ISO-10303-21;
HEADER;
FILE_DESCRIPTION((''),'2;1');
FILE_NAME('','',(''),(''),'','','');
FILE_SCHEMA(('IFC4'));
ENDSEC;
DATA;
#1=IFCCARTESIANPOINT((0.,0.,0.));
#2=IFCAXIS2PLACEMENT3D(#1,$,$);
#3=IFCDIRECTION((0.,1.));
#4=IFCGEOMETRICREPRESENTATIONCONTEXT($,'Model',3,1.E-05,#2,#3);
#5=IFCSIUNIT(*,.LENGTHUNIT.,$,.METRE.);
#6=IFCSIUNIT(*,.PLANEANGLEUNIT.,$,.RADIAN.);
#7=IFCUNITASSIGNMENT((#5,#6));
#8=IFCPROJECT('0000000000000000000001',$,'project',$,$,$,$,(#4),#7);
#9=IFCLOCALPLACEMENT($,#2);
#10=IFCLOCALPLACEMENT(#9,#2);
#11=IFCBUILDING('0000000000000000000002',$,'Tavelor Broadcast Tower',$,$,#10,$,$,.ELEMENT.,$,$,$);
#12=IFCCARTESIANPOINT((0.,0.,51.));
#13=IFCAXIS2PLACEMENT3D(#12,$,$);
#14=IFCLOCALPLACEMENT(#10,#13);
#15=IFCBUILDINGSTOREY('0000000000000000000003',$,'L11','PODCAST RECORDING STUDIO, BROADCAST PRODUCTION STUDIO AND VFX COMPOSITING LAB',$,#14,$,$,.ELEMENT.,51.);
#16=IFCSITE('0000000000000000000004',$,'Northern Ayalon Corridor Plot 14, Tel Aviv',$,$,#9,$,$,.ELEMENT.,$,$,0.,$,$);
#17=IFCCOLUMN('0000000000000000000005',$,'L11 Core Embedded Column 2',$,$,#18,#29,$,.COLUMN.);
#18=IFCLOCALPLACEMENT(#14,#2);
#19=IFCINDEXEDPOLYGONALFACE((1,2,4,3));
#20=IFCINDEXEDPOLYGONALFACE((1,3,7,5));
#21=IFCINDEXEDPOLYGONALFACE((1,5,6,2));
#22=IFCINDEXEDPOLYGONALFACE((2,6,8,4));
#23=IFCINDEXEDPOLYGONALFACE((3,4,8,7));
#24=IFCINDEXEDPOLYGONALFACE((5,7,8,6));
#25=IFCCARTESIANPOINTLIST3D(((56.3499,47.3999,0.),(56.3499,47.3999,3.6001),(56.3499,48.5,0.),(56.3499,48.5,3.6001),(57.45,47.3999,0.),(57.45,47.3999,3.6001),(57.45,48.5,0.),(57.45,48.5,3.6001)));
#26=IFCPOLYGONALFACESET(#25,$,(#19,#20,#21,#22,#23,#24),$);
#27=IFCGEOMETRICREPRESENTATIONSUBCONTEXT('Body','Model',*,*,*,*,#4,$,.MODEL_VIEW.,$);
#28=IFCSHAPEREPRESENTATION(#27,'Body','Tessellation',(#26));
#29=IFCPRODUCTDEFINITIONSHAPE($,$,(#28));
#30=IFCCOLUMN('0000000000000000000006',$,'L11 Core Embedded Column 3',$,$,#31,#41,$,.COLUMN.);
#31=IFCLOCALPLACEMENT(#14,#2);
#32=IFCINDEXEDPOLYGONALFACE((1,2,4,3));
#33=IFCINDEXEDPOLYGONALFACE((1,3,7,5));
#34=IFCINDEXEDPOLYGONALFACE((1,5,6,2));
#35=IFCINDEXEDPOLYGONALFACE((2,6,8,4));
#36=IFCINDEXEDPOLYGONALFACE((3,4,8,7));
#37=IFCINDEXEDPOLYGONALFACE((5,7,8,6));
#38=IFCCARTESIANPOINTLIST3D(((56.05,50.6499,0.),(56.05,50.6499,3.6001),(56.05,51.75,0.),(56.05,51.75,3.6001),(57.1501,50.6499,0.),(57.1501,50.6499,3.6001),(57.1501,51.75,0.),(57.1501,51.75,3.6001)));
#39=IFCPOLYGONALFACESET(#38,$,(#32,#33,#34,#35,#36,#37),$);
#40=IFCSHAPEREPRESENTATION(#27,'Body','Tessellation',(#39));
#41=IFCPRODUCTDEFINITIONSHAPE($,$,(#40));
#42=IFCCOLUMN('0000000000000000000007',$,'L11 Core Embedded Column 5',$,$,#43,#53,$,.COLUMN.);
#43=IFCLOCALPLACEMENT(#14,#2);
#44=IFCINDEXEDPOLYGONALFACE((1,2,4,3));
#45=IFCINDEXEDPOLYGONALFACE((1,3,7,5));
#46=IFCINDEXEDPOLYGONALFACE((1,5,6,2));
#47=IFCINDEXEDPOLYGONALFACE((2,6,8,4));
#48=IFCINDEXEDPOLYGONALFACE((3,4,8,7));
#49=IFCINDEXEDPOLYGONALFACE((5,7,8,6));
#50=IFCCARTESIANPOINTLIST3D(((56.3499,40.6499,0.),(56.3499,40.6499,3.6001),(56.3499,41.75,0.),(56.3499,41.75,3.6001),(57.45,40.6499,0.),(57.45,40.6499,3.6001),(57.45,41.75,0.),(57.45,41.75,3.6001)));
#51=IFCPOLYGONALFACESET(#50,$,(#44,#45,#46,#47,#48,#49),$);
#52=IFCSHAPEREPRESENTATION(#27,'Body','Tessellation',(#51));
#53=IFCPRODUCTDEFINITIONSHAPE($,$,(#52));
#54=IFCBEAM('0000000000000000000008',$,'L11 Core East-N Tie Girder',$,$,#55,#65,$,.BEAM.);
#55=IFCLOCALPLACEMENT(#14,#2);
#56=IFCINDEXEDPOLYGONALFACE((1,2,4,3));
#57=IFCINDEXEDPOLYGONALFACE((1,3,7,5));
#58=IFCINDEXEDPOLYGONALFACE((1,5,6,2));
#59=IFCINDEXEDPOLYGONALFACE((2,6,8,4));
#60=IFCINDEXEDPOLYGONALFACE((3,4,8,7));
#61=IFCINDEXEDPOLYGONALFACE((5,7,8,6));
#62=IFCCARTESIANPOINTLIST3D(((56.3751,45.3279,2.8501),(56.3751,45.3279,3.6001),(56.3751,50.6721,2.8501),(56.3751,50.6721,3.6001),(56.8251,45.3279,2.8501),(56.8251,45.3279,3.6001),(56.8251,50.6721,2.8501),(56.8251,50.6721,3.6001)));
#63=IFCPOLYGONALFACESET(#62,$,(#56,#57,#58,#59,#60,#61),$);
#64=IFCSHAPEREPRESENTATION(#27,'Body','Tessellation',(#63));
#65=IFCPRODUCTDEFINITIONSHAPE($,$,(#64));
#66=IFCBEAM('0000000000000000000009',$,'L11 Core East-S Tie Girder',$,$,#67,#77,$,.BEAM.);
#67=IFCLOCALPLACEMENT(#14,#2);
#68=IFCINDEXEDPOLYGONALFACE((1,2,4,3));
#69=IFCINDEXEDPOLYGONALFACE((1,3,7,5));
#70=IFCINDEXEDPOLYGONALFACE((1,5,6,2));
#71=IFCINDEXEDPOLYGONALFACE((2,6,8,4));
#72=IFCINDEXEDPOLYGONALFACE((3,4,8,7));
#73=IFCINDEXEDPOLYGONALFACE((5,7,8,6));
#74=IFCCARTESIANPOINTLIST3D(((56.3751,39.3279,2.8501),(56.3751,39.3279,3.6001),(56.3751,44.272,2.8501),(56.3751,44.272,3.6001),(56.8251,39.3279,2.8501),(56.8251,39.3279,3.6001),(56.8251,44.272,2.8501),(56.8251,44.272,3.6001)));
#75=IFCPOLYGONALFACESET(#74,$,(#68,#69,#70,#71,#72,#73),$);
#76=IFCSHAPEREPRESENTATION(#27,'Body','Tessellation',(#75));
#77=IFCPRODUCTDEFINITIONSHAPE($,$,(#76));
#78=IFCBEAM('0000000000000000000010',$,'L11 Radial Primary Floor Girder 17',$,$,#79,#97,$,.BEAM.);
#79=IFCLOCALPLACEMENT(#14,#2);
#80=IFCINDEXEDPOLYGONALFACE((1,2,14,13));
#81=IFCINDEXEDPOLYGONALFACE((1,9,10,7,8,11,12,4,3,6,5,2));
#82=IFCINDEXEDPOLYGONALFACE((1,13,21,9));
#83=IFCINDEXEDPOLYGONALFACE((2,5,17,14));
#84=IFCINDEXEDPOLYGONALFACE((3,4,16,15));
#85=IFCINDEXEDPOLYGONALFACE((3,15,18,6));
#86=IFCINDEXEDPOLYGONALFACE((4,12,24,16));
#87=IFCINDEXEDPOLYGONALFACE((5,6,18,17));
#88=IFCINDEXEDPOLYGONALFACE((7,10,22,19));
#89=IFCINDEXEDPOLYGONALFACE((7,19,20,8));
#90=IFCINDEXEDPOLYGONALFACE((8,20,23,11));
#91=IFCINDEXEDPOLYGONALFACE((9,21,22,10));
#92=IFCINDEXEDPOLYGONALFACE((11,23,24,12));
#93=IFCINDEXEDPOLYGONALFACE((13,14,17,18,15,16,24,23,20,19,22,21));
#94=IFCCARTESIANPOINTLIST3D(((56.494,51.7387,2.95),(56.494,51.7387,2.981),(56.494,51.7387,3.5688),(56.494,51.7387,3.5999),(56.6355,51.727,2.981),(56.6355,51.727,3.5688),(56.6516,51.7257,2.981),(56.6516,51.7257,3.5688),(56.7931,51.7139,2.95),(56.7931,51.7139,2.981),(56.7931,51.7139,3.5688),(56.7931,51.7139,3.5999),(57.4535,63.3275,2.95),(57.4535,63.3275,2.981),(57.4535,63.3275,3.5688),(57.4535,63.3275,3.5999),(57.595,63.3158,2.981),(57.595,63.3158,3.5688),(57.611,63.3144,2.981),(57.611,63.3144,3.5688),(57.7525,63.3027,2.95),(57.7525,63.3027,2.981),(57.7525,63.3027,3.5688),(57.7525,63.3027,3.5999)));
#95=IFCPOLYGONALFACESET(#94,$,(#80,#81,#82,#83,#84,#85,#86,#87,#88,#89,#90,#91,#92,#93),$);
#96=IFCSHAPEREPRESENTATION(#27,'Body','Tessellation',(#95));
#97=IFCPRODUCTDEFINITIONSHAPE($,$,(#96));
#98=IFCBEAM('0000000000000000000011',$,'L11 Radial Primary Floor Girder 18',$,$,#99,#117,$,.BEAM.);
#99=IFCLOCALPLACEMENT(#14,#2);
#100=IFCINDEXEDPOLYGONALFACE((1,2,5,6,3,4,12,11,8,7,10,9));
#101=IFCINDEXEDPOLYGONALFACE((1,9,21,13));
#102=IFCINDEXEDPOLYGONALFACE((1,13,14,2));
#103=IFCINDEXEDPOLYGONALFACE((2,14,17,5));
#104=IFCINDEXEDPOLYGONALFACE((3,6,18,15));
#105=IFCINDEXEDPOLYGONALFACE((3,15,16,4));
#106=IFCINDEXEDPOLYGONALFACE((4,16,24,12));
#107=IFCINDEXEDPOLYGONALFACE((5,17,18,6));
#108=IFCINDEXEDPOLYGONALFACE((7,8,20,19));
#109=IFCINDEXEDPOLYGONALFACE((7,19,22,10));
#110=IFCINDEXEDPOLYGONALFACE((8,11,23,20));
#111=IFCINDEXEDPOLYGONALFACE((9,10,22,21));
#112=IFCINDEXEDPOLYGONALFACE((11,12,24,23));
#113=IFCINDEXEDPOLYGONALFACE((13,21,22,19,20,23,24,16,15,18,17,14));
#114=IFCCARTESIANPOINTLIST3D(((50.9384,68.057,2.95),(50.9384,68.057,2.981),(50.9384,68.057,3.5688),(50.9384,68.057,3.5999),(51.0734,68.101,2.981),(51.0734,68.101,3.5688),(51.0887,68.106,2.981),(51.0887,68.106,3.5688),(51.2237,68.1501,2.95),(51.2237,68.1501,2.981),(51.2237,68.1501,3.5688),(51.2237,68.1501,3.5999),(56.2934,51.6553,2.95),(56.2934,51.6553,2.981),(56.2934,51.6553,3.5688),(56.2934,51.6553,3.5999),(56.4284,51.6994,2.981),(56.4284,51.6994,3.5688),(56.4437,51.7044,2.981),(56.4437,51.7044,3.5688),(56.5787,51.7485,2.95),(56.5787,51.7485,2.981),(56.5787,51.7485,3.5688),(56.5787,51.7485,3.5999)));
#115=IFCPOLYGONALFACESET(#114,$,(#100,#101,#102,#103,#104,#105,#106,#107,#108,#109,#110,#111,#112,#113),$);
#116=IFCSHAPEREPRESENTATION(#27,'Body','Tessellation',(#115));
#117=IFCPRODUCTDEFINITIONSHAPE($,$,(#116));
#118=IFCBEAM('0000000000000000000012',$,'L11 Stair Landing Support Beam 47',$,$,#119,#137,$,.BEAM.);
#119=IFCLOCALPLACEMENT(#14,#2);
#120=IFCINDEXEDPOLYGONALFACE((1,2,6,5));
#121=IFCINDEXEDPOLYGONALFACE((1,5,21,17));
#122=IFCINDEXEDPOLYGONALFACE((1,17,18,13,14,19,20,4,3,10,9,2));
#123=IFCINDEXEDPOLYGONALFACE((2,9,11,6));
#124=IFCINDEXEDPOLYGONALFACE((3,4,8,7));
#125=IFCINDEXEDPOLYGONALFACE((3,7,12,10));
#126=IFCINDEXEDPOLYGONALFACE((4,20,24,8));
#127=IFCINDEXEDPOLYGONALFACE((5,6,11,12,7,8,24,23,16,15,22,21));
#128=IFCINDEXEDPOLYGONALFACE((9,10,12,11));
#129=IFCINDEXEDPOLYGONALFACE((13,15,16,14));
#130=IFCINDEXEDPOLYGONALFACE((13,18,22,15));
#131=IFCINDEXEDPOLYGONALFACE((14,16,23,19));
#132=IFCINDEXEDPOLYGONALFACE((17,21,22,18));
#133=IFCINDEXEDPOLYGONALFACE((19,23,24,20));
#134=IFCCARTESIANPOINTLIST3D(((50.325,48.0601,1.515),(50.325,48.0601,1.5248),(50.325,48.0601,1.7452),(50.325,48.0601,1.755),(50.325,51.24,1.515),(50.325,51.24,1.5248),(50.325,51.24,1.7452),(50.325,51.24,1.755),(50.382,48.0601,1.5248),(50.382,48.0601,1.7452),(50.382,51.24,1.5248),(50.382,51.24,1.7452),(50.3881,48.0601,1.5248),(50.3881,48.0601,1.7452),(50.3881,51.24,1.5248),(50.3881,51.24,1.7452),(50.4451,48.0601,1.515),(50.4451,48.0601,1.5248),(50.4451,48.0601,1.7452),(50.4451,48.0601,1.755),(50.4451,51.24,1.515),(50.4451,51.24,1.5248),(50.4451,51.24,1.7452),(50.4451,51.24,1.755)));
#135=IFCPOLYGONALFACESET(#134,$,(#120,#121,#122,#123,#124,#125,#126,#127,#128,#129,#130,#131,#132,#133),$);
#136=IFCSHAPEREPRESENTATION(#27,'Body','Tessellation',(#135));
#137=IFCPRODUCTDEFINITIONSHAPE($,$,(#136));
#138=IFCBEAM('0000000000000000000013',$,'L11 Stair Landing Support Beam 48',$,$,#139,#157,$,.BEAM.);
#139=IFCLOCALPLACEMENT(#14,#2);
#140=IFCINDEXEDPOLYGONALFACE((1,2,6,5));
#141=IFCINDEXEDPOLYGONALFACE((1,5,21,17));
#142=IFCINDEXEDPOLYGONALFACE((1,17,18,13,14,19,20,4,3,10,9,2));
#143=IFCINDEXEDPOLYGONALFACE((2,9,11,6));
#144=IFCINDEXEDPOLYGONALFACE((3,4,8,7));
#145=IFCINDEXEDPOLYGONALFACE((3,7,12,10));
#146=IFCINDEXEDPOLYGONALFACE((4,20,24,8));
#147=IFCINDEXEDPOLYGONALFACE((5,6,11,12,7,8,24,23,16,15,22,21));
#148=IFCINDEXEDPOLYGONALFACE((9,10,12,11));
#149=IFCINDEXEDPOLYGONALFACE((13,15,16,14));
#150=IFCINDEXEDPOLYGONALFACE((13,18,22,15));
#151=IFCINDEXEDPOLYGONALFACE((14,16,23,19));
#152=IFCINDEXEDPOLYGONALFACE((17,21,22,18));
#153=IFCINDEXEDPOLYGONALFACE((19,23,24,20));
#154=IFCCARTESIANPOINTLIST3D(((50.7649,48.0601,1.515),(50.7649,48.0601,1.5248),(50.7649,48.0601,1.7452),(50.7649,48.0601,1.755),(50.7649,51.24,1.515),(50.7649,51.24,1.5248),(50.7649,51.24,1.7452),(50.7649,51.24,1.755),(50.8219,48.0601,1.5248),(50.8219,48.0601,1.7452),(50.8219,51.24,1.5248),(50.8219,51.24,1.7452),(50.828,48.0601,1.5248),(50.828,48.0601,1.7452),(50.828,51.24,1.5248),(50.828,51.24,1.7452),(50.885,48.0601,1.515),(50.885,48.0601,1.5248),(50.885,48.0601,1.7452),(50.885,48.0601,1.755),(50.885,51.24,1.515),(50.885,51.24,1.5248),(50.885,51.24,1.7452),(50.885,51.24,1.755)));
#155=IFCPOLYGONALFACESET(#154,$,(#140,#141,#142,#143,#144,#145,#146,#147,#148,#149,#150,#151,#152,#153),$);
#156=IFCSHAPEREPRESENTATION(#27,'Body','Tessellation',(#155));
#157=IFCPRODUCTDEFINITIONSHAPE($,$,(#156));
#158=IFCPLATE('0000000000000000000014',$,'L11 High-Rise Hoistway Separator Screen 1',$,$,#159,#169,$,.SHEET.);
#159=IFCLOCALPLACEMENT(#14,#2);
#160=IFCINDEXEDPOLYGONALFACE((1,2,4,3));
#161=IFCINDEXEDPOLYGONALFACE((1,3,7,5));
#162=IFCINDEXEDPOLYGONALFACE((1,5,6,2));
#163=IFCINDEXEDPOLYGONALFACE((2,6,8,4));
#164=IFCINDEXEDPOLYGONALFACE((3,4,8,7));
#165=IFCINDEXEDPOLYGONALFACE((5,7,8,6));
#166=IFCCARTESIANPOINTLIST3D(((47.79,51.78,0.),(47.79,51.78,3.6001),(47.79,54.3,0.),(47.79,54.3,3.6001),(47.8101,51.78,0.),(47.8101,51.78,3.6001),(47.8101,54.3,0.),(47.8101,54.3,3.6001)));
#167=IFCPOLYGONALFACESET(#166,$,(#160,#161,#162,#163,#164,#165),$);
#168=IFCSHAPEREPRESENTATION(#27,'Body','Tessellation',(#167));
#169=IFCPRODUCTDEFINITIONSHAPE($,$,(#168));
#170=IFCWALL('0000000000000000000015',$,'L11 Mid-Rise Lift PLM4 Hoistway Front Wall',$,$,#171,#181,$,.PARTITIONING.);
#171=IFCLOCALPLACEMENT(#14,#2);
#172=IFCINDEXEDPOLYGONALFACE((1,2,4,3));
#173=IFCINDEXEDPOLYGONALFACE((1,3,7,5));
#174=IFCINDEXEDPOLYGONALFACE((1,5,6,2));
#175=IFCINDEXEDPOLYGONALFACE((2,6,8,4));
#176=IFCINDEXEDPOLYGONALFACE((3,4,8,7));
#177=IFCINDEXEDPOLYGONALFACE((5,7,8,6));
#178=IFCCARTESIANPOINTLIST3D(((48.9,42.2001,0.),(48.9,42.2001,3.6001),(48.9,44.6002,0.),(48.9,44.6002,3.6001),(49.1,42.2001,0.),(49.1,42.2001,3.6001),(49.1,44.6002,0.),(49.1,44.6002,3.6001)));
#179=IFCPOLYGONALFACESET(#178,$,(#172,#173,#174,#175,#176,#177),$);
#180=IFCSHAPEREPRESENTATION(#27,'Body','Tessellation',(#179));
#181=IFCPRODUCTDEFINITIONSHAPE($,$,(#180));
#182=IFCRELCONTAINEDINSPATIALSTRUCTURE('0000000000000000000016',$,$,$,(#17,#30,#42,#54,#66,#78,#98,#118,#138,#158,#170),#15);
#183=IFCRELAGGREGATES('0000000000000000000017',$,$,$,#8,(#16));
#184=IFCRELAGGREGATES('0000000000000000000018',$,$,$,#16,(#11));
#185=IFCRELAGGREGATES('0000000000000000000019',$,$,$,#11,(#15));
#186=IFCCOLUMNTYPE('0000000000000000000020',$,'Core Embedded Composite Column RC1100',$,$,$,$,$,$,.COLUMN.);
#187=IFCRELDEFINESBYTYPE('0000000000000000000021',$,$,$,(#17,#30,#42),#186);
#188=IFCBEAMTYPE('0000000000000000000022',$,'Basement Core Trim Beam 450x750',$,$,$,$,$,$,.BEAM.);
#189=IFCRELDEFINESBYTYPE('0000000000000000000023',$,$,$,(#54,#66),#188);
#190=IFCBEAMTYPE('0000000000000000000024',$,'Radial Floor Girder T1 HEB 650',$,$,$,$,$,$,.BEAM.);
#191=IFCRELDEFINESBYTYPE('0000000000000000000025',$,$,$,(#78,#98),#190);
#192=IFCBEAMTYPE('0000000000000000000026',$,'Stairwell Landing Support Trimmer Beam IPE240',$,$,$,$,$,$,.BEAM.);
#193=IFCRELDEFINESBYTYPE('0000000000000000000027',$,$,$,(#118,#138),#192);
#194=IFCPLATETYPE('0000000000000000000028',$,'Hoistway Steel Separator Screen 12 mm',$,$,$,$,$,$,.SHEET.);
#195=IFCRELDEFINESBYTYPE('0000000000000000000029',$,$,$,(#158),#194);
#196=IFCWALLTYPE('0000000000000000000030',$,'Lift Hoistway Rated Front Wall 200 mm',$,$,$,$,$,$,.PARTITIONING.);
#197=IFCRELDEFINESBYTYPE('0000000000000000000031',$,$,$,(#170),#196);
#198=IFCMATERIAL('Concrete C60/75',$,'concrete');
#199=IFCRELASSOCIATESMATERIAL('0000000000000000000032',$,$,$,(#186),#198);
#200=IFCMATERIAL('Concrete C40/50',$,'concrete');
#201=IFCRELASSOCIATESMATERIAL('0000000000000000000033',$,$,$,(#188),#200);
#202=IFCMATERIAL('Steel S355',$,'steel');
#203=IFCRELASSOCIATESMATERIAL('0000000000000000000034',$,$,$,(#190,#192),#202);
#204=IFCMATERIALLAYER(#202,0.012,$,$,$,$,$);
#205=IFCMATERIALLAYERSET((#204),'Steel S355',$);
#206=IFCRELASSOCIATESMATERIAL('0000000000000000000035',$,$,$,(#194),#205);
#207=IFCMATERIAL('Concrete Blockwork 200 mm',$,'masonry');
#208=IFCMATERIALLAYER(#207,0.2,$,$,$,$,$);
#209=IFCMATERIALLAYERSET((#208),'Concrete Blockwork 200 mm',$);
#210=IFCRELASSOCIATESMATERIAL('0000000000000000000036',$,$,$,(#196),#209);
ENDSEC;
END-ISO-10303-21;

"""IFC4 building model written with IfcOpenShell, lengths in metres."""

from ifc_helpers import new_model, si_unit, direction, frame, frame_2d, origin, origin_2d, place, context, subcontext, project, spatial, rectangle, i_section, extrude, source, transform, mapped, material, layer, layer_set, material_profile, profile_set, type_object, type_shapes, element, save


model = new_model("IFC4")

# Units and contexts
model_context = context("Model", 3, precision=1e-05, world=origin(), true_north=direction((0.0, 1.0)))
body_context = subcontext(model_context, "Body", "Model", "MODEL_VIEW")
ifc_project = project(units=[si_unit("LENGTHUNIT", "METRE"), si_unit("PLANEANGLEUNIT", "RADIAN")], contexts=[model_context])

# Site, building, storey
site_placement = place(None, origin())
site = spatial("IfcSite", under=ifc_project, at=site_placement, Name="Northern Ayalon Corridor Plot 14, Tel Aviv", CompositionType="ELEMENT", RefElevation=0.0)
building_placement = place(site_placement, origin())
building = spatial("IfcBuilding", under=site, at=building_placement, Name="Tavelor Broadcast Tower", CompositionType="ELEMENT")
storey_placement = place(building_placement, frame((0.0, 0.0, 51.0)))
storey = spatial("IfcBuildingStorey", under=building, at=storey_placement, Name="L11", Description="PODCAST RECORDING STUDIO, BROADCAST PRODUCTION STUDIO AND VFX COMPOSITING LAB", CompositionType="ELEMENT", Elevation=51.0)

# Columns
ifc_material_1 = material(Name="Concrete C60/75", Category="concrete")
ifc_material_profile_1 = material_profile(ifc_material_1, rectangle(XDim=1.1001, YDim=1.1001, at=origin_2d()), Name="RC 1100x1100")
ifc_profile_set_1 = profile_set([ifc_material_profile_1], Name="Concrete C60/75")
column_type = type_object("IfcColumnType", Name="Core Embedded Composite Column RC1100", PredefinedType="COLUMN", material=ifc_profile_set_1)
for number, where, z_axis, x_axis, name in (
    (1, (56.8999, 47.95, 0.0), (0.0, 0.0, 1.0), (1.0, 0.0, 0.0), "L11 Core Embedded Column 2"),
    (2, (56.6001, 51.2, 0.0), (0.0, 0.0, 1.0), (1.0, 0.0, 0.0), "L11 Core Embedded Column 3"),
    (3, (56.8999, 41.2, 0.0), (0.0, 0.0, 1.0), (1.0, 0.0, 0.0), "L11 Core Embedded Column 5"),
):
    element("IfcColumn", number, at=place(storey_placement, frame(where, z_axis=z_axis, x_axis=x_axis)), inside=storey, type_object=column_type, Name=name, PredefinedType="COLUMN", context=body_context, shape_type="SweptSolid", body=[
        extrude(rectangle(XDim=1.1001, YDim=1.1001, at=origin_2d()), origin(), (0.0, 0.0, 1.0), 3.6001),
    ])

# Beams
ifc_material_2 = material(Name="Concrete C40/50", Category="concrete")
ifc_material_profile_2 = material_profile(ifc_material_2, rectangle(XDim=0.45, YDim=0.75, at=origin_2d()), Name="RC 450x750")
ifc_profile_set_2 = profile_set([ifc_material_profile_2], Name="Concrete C40/50")
beam_type_1 = type_object("IfcBeamType", Name="Basement Core Trim Beam 450x750", PredefinedType="BEAM", material=ifc_profile_set_2)
beam_1_placement = place(storey_placement, frame((56.6001, 45.3279, 3.2251), z_axis=(0.0, 1.0, 0.0), x_axis=(-1.0, 0.0, 0.0)))
element("IfcBeam", 4, at=beam_1_placement, inside=storey, type_object=beam_type_1, Name="L11 Core East-N Tie Girder", PredefinedType="BEAM", context=body_context, shape_type="SweptSolid", body=[
    extrude(rectangle(XDim=0.45, YDim=0.75, at=origin_2d()), origin(), (0.0, 0.0, 1.0), 5.3442),
])
beam_2_placement = place(storey_placement, frame((56.6001, 39.3279, 3.2251), z_axis=(0.0, 1.0, 0.0), x_axis=(-1.0, 0.0, 0.0)))
element("IfcBeam", 5, at=beam_2_placement, inside=storey, type_object=beam_type_1, Name="L11 Core East-S Tie Girder", PredefinedType="BEAM", context=body_context, shape_type="SweptSolid", body=[
    extrude(rectangle(XDim=0.45, YDim=0.75, at=origin_2d()), origin(), (0.0, 0.0, 1.0), 4.9441),
])
ifc_material_3 = material(Name="Steel S355", Category="steel")
ifc_material_profile_3 = material_profile(ifc_material_3, i_section(OverallWidth=0.3, OverallDepth=0.6499, WebThickness=0.0161, FlangeThickness=0.031, at=origin_2d()), Name="HEB 650")
ifc_profile_set_3 = profile_set([ifc_material_profile_3], Name="Steel S355")
beam_type_2 = type_object("IfcBeamType", Name="Radial Floor Girder T1 HEB 650", PredefinedType="BEAM", material=ifc_profile_set_3)
beam_3_placement = place(storey_placement, frame((56.6436, 51.7263, 3.2749), z_axis=(0.08251, 0.99659, 0.0), x_axis=(-0.99659, 0.08251, 0.0)))
element("IfcBeam", 6, at=beam_3_placement, inside=storey, type_object=beam_type_2, Name="L11 Radial Primary Floor Girder 17", PredefinedType="BEAM", context=body_context, shape_type="SweptSolid", body=[
    extrude(i_section(OverallWidth=0.3, OverallDepth=0.6499, WebThickness=0.0161, FlangeThickness=0.031, at=origin_2d()), origin(), (0.0, 0.0, 1.0), 11.6284),
])
beam_4_placement = place(storey_placement, frame((56.436, 51.7019, 3.2749), z_axis=(-0.310368, 0.950617, 0.0), x_axis=(-0.950617, -0.310368, 0.0)))
element("IfcBeam", 7, at=beam_4_placement, inside=storey, type_object=beam_type_2, Name="L11 Radial Primary Floor Girder 18", PredefinedType="BEAM", context=body_context, shape_type="SweptSolid", body=[
    extrude(i_section(OverallWidth=0.3, OverallDepth=0.6499, WebThickness=0.0161, FlangeThickness=0.031, at=origin_2d()), origin(), (0.0, 0.0, 1.0), 17.2537),
])
ifc_material_profile_4 = material_profile(ifc_material_3, i_section(OverallWidth=0.1201, OverallDepth=0.24, WebThickness=0.0061, FlangeThickness=0.0098, at=origin_2d()), Name="IPE 240")
ifc_profile_set_4 = profile_set([ifc_material_profile_4], Name="Steel S355")
beam_type_3 = type_object("IfcBeamType", Name="Stairwell Landing Support Trimmer Beam IPE240", PredefinedType="BEAM", material=ifc_profile_set_4)
for number, where, z_axis, x_axis, name in (
    (8, (50.385, 48.0601, 1.635), (0.0, 1.0, 0.0), (-1.0, 0.0, 0.0), "L11 Stair Landing Support Beam 47"),
    (9, (50.825, 48.0601, 1.635), (0.0, 1.0, 0.0), (-1.0, 0.0, 0.0), "L11 Stair Landing Support Beam 48"),
):
    element("IfcBeam", number, at=place(storey_placement, frame(where, z_axis=z_axis, x_axis=x_axis)), inside=storey, type_object=beam_type_3, Name=name, PredefinedType="BEAM", context=body_context, shape_type="SweptSolid", body=[
        extrude(i_section(OverallWidth=0.1201, OverallDepth=0.24, WebThickness=0.0061, FlangeThickness=0.0098, at=origin_2d()), origin(), (0.0, 0.0, 1.0), 3.1799),
    ])

# Plate
ifc_layer_1 = layer(ifc_material_3, 0.012)
ifc_layer_set_1 = layer_set([ifc_layer_1], Name="Steel S355")
plate_type = type_object("IfcPlateType", Name="Hoistway Steel Separator Screen 12 mm", PredefinedType="SHEET", material=ifc_layer_set_1)
shared_shape = source(origin(), body_context, "Body", "SweptSolid", [
    extrude(rectangle(XDim=0.02, YDim=2.52, at=origin_2d()), origin(), (0.0, 0.0, 1.0), 3.6001),
])
type_shapes(plate_type, [shared_shape])
plate_placement = place(storey_placement, frame((47.8, 53.04, 0.0), z_axis=(0.0, 0.0, 1.0), x_axis=(1.0, 0.0, 0.0)))
element("IfcPlate", 10, at=plate_placement, inside=storey, type_object=plate_type, Name="L11 High-Rise Hoistway Separator Screen 1", PredefinedType="SHEET", context=body_context, shape_type="MappedRepresentation", body=[
    mapped(shared_shape, transform((0.0, 0.0, 0.0), scale=1.0)),
])

# Wall
ifc_material_4 = material(Name="Concrete Blockwork 200 mm", Category="masonry")
ifc_layer_2 = layer(ifc_material_4, 0.2)
ifc_layer_set_2 = layer_set([ifc_layer_2], Name="Concrete Blockwork 200 mm")
wall_type_1 = type_object("IfcWallType", Name="Lift Hoistway Rated Front Wall 200 mm", PredefinedType="PARTITIONING", material=ifc_layer_set_2)
wall_1_placement = place(storey_placement, frame((49.0, 42.2, 0.0), z_axis=(0.0, 0.0, 1.0), x_axis=(0.0, 1.0, 0.0)))
element("IfcWall", 11, at=wall_1_placement, inside=storey, type_object=wall_type_1, Name="L11 Mid-Rise Lift PLM4 Hoistway Front Wall", PredefinedType="PARTITIONING", context=body_context, shape_type="SweptSolid", body=[
    extrude(rectangle(XDim=2.4001, YDim=0.2, at=frame_2d((1.2002, 0.0))), origin(), (0.0, 0.0, 1.0), 3.6001),
])

save(model, "model.ifc")
